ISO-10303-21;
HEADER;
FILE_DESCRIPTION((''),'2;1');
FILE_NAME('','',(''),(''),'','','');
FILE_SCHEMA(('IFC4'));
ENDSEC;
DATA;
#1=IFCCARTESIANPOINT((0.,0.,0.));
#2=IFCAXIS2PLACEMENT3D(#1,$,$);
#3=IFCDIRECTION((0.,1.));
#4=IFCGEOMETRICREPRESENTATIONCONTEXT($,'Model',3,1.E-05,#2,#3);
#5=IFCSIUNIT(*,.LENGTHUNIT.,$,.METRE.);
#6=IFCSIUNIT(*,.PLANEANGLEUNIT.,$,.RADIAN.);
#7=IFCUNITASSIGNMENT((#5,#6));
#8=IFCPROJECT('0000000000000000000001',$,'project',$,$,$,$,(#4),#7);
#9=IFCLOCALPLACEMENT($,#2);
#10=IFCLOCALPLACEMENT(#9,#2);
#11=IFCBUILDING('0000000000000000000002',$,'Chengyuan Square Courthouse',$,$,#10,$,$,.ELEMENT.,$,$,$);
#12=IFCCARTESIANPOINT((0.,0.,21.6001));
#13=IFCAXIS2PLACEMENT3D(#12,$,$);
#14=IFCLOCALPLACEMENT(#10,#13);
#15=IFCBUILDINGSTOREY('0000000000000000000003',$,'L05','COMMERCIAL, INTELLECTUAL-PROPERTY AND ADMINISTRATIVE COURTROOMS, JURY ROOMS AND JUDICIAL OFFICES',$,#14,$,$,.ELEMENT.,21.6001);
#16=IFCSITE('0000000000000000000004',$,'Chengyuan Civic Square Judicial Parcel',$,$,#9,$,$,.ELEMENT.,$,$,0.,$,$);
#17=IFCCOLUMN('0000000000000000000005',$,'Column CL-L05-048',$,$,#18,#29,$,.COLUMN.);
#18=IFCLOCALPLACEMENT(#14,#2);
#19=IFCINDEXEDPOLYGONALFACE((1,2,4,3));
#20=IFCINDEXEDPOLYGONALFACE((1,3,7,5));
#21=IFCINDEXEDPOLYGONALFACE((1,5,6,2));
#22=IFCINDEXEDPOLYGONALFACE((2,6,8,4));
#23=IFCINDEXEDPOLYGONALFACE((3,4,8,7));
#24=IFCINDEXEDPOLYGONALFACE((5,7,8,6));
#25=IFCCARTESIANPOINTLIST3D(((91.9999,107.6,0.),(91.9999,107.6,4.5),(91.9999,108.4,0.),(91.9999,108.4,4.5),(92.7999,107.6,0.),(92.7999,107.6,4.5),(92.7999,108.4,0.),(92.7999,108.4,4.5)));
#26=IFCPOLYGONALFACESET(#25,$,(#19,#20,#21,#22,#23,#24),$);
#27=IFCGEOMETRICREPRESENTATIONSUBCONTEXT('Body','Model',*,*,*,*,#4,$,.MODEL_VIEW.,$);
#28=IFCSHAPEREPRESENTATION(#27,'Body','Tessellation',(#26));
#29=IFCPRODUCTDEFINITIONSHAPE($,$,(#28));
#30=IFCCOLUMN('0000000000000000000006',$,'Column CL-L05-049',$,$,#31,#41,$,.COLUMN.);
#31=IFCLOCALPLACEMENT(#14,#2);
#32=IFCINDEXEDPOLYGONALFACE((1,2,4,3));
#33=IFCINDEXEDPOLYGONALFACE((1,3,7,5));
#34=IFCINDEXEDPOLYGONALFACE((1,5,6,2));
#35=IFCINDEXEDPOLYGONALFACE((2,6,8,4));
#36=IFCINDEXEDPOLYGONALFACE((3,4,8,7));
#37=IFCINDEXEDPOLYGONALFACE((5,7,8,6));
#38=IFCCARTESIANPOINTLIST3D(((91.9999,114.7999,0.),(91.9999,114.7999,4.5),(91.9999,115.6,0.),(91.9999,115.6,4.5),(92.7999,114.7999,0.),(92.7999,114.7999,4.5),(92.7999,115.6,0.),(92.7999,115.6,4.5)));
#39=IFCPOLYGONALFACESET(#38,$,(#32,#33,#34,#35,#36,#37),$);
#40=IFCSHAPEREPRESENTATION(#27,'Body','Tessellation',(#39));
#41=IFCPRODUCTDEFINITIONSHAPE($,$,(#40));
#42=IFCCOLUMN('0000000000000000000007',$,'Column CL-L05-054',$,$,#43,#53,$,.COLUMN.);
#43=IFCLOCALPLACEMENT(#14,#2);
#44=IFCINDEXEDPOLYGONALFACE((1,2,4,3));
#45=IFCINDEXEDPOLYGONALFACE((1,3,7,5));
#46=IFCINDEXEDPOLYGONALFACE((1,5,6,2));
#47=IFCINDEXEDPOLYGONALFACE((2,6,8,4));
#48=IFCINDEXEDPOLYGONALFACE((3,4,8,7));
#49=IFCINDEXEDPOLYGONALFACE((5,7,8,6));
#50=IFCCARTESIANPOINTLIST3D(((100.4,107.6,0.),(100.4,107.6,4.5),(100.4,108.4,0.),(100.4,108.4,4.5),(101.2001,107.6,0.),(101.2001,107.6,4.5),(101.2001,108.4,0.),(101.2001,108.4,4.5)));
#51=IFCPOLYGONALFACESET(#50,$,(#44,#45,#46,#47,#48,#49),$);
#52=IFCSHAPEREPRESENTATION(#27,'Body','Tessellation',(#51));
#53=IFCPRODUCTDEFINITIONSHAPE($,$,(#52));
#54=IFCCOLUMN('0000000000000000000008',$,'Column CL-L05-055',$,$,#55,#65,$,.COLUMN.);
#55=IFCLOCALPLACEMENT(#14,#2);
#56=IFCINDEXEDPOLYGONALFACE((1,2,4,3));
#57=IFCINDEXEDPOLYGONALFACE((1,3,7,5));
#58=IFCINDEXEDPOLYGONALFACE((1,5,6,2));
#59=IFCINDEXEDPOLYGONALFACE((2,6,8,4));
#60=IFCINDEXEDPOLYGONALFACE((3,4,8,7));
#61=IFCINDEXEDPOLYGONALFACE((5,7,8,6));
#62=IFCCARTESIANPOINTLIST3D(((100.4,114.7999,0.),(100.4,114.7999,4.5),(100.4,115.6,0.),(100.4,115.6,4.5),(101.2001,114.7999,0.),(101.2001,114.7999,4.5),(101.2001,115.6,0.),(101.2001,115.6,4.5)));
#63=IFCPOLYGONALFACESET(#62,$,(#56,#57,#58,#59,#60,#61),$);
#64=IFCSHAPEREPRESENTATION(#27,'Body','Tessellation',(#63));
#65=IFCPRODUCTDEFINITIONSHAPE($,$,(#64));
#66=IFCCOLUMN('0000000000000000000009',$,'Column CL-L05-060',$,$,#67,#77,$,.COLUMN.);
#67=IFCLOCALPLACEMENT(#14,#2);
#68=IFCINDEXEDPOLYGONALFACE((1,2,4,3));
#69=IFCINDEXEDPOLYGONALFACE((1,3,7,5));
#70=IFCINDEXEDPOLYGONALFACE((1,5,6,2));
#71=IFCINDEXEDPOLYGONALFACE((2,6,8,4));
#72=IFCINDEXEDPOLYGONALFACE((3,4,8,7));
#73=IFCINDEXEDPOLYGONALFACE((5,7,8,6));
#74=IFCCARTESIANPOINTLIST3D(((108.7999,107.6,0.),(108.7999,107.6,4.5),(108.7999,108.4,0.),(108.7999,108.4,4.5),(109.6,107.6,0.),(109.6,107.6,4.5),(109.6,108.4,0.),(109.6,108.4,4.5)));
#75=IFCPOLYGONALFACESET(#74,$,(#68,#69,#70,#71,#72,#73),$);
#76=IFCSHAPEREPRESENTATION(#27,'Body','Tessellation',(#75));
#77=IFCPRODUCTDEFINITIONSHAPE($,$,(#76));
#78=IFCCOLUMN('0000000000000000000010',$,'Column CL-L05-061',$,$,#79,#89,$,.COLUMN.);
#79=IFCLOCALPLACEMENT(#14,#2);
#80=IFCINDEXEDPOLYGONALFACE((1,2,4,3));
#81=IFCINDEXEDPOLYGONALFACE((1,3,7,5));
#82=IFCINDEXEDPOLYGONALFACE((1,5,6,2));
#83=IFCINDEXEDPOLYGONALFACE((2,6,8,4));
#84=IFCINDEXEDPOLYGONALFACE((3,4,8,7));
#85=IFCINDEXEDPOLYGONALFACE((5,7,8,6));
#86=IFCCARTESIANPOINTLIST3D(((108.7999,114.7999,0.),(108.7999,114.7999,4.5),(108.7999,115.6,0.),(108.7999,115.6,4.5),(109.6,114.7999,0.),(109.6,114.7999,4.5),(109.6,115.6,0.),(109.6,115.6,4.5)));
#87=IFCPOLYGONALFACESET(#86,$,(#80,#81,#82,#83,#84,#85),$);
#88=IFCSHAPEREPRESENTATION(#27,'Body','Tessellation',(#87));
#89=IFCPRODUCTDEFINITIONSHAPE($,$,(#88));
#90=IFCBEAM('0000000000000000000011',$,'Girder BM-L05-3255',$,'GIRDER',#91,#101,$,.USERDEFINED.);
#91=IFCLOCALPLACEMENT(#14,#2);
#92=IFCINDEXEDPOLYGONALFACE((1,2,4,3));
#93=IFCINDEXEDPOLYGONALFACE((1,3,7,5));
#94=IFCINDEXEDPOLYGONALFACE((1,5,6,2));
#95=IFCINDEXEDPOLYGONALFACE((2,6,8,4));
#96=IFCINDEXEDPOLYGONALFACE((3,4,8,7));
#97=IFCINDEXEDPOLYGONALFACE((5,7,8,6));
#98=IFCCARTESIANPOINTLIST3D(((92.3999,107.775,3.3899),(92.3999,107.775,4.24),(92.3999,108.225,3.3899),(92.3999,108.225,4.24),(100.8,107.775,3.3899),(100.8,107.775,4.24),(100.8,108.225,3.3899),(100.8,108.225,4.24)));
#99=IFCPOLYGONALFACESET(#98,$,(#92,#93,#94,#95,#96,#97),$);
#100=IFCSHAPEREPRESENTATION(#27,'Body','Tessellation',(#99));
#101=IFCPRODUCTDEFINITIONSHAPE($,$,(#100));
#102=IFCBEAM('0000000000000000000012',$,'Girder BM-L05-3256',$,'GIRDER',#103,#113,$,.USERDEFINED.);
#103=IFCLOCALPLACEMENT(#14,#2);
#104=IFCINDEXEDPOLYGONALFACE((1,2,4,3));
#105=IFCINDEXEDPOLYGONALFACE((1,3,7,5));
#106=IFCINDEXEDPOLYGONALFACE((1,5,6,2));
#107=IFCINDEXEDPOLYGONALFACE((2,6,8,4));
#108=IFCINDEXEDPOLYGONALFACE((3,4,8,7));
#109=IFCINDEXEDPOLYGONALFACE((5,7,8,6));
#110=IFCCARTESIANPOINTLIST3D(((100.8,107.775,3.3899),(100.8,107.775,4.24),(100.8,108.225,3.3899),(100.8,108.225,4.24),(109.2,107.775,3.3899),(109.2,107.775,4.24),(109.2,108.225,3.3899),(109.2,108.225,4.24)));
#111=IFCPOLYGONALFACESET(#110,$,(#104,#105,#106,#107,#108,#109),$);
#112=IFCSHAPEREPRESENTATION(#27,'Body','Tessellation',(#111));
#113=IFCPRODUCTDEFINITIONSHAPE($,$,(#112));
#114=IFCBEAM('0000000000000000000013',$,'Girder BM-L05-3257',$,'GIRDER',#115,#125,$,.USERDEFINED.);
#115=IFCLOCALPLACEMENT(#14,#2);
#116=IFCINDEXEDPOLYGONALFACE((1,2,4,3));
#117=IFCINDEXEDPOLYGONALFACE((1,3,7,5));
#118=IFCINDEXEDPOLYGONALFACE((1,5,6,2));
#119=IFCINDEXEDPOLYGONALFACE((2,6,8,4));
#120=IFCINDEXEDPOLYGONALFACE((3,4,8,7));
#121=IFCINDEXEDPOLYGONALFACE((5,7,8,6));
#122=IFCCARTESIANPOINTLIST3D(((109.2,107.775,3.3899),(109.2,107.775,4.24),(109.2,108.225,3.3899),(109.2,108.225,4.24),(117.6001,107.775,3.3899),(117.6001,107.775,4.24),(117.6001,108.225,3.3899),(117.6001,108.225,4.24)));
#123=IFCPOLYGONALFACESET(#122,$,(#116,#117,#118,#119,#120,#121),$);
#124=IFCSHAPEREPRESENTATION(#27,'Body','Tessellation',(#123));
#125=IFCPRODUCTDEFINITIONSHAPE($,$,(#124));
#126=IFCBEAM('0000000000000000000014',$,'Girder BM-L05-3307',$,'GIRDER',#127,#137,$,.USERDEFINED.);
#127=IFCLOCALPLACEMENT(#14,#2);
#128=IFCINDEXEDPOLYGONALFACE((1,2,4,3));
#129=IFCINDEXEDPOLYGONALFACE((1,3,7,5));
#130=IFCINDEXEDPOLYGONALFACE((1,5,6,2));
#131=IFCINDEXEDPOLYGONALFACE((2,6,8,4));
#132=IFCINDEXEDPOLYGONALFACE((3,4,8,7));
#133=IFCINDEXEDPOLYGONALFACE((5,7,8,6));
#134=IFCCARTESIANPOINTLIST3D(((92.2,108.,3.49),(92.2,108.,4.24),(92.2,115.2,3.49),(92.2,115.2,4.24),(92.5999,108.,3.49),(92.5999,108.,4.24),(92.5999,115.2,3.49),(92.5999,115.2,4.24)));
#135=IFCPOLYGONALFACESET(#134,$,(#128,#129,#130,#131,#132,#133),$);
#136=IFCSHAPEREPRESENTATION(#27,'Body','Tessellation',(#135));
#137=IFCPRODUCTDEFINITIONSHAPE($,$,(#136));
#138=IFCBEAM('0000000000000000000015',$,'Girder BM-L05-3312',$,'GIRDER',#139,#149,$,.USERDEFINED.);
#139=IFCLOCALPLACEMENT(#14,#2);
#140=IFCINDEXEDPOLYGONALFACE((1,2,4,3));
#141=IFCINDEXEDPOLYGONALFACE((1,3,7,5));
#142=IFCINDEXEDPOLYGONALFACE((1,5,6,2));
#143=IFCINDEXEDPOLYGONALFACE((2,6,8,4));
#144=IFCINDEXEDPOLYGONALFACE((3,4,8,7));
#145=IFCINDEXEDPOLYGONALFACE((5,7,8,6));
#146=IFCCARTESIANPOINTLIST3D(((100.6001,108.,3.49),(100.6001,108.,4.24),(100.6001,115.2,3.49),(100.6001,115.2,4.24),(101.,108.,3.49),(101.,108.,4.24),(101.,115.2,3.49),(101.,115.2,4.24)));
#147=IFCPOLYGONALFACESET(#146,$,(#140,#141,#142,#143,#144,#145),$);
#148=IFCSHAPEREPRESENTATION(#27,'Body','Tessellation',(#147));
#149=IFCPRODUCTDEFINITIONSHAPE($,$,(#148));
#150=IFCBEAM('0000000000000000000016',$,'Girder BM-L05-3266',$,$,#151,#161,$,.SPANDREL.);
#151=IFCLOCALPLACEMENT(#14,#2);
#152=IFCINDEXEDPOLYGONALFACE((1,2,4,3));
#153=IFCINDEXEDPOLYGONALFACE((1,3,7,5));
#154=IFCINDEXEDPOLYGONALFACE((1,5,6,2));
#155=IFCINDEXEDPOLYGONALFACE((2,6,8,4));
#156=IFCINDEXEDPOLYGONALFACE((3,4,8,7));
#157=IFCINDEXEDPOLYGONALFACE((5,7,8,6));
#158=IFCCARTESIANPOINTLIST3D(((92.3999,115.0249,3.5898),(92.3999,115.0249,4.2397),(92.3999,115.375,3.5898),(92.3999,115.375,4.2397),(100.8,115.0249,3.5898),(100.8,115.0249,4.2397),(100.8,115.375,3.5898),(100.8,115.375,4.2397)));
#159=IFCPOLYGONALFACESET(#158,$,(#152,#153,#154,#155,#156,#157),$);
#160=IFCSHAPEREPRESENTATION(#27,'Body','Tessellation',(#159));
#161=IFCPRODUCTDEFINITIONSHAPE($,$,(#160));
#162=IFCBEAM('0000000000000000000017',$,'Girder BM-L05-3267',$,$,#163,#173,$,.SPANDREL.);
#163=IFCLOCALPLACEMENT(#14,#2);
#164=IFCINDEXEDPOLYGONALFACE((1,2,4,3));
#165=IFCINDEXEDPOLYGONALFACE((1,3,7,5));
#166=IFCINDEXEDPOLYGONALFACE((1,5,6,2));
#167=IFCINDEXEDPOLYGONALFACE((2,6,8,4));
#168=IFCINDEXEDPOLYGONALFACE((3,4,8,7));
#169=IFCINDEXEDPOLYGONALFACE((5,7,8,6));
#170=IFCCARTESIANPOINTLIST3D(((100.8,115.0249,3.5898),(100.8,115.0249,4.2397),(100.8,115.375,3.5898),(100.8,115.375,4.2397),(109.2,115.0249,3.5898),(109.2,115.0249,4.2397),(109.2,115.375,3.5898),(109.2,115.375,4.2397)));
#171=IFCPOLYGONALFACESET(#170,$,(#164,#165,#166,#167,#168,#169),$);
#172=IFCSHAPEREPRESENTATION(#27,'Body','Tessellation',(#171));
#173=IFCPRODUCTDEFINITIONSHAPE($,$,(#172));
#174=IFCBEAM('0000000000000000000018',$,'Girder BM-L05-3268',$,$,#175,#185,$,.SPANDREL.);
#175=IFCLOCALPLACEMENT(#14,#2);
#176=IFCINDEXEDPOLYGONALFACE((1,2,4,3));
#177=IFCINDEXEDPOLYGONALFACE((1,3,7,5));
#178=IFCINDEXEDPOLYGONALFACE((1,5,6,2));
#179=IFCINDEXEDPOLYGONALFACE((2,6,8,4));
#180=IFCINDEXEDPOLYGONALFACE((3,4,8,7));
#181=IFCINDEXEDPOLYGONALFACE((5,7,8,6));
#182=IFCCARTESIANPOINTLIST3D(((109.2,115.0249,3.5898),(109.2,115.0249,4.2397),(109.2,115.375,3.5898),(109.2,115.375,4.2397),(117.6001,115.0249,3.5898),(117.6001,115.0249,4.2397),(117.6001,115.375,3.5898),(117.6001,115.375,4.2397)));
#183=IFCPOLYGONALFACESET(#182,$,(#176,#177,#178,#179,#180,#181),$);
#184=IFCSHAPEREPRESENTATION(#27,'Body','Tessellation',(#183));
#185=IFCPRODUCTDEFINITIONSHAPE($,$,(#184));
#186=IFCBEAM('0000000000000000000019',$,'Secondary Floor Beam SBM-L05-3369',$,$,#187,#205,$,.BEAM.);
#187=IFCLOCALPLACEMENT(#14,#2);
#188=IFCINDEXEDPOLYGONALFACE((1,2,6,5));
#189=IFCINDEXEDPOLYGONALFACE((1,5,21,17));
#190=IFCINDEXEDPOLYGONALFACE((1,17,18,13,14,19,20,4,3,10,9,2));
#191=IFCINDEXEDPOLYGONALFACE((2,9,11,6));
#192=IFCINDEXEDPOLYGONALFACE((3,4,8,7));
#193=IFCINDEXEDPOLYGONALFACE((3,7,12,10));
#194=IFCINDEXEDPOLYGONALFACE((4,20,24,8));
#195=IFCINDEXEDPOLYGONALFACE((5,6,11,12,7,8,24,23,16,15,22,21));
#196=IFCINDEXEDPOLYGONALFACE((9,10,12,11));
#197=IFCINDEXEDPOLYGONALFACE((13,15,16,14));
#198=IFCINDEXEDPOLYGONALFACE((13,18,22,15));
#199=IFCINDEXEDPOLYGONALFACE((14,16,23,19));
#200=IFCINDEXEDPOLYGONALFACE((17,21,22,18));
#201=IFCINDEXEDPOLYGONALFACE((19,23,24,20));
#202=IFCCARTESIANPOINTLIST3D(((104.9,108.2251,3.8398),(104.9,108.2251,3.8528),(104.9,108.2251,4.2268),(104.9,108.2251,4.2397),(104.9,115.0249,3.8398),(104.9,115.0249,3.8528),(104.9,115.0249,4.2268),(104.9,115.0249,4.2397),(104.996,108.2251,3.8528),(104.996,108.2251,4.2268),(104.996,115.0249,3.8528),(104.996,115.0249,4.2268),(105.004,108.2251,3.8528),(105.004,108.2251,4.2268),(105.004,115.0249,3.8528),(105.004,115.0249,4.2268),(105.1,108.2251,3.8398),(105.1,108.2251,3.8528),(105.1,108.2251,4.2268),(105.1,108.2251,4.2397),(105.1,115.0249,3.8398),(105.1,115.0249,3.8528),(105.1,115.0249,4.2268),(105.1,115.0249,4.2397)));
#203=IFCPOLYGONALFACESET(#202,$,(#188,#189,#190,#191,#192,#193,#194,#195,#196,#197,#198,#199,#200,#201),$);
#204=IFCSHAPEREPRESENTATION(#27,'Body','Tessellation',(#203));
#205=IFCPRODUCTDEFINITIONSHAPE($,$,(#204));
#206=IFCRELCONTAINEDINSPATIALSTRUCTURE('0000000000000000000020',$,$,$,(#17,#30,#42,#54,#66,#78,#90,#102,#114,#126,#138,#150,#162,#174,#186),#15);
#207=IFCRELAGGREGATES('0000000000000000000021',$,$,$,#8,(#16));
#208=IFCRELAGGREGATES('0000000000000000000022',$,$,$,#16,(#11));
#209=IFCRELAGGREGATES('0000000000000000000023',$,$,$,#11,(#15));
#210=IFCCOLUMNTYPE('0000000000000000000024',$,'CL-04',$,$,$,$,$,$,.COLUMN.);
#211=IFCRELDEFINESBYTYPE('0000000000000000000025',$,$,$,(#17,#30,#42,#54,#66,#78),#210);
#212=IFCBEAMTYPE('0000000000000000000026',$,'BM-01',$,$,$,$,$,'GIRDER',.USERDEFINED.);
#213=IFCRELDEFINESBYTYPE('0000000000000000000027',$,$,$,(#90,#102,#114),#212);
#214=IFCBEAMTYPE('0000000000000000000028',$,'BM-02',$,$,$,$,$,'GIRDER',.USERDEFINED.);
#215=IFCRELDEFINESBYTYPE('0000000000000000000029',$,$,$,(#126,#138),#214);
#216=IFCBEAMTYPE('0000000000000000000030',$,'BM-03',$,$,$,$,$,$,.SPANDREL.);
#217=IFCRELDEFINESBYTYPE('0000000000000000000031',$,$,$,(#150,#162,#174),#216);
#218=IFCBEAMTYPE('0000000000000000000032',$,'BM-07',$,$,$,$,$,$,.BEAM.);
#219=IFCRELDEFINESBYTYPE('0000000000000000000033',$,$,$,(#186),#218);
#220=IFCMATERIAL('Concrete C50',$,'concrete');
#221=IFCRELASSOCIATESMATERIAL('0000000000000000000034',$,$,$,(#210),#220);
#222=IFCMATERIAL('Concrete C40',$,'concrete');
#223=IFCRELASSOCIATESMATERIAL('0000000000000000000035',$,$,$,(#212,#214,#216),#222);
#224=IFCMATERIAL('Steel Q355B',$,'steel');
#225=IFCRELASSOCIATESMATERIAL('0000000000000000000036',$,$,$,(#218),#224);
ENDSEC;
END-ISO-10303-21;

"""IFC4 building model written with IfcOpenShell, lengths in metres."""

from ifc_helpers import new_model, si_unit, direction, frame, origin, origin_2d, place, context, subcontext, project, spatial, rectangle, i_section, extrude, material, material_profile, profile_set, type_object, element, save


model = new_model("IFC4")

# Units and contexts
model_context = context("Model", 3, precision=1e-05, world=origin(), true_north=direction((0.0, 1.0)))
body_context = subcontext(model_context, "Body", "Model", "MODEL_VIEW")
ifc_project = project(units=[si_unit("LENGTHUNIT", "METRE"), si_unit("PLANEANGLEUNIT", "RADIAN")], contexts=[model_context])

# Site, building, storey
site_placement = place(None, origin())
site = spatial("IfcSite", under=ifc_project, at=site_placement, Name="Chengyuan Civic Square Judicial Parcel", CompositionType="ELEMENT", RefElevation=0.0)
building_placement = place(site_placement, origin())
building = spatial("IfcBuilding", under=site, at=building_placement, Name="Chengyuan Square Courthouse", CompositionType="ELEMENT")
storey_placement = place(building_placement, frame((0.0, 0.0, 21.6001)))
storey = spatial("IfcBuildingStorey", under=building, at=storey_placement, Name="L05", Description="COMMERCIAL, INTELLECTUAL-PROPERTY AND ADMINISTRATIVE COURTROOMS, JURY ROOMS AND JUDICIAL OFFICES", CompositionType="ELEMENT", Elevation=21.6001)

# Columns
ifc_material_1 = material(Name="Concrete C50", Category="concrete")
ifc_material_profile_1 = material_profile(ifc_material_1, rectangle(XDim=0.8, YDim=0.8, at=origin_2d()), Name="RC-COL-800x800")
ifc_profile_set_1 = profile_set([ifc_material_profile_1], Name="Concrete C50")
column_type = type_object("IfcColumnType", Name="CL-04", PredefinedType="COLUMN", material=ifc_profile_set_1)
for number, where, z_axis, x_axis, name in (
    (1, (92.3999, 108.0, 0.0), (0.0, 0.0, 1.0), (1.0, 0.0, 0.0), "Column CL-L05-048"),
    (2, (92.3999, 115.2, 0.0), (0.0, 0.0, 1.0), (1.0, 0.0, 0.0), "Column CL-L05-049"),
    (3, (100.8, 108.0, 0.0), (0.0, 0.0, 1.0), (1.0, 0.0, 0.0), "Column CL-L05-054"),
    (4, (100.8, 115.2, 0.0), (0.0, 0.0, 1.0), (1.0, 0.0, 0.0), "Column CL-L05-055"),
    (5, (109.2, 108.0, 0.0), (0.0, 0.0, 1.0), (1.0, 0.0, 0.0), "Column CL-L05-060"),
    (6, (109.2, 115.2, 0.0), (0.0, 0.0, 1.0), (1.0, 0.0, 0.0), "Column CL-L05-061"),
):
    element("IfcColumn", number, at=place(storey_placement, frame(where, z_axis=z_axis, x_axis=x_axis)), inside=storey, type_object=column_type, Name=name, PredefinedType="COLUMN", context=body_context, shape_type="SweptSolid", body=[
        extrude(rectangle(XDim=0.8, YDim=0.8, at=origin_2d()), origin(), (0.0, 0.0, 1.0), 4.5),
    ])

# Beams
ifc_material_2 = material(Name="Concrete C40", Category="concrete")
ifc_material_profile_2 = material_profile(ifc_material_2, rectangle(XDim=0.45, YDim=0.8501, at=origin_2d()), Name="RC-BM-450x850")
ifc_profile_set_2 = profile_set([ifc_material_profile_2], Name="Concrete C40")
beam_type_1 = type_object("IfcBeamType", Name="BM-01", ElementType="GIRDER", PredefinedType="USERDEFINED", material=ifc_profile_set_2)
beam_1_placement = place(storey_placement, frame((92.3999, 108.0, 3.8149), z_axis=(1.0, 0.0, 0.0), x_axis=(0.0, 1.0, 0.0)))
element("IfcBeam", 7, at=beam_1_placement, inside=storey, type_object=beam_type_1, Name="Girder BM-L05-3255", ObjectType="GIRDER", PredefinedType="USERDEFINED", context=body_context, shape_type="SweptSolid", body=[
    extrude(rectangle(XDim=0.45, YDim=0.8501, at=origin_2d()), origin(), (0.0, 0.0, 1.0), 8.4001),
])
beam_2_placement = place(storey_placement, frame((100.8, 108.0, 3.8149), z_axis=(1.0, 0.0, 0.0), x_axis=(0.0, 1.0, 0.0)))
element("IfcBeam", 8, at=beam_2_placement, inside=storey, type_object=beam_type_1, Name="Girder BM-L05-3256", ObjectType="GIRDER", PredefinedType="USERDEFINED", context=body_context, shape_type="SweptSolid", body=[
    extrude(rectangle(XDim=0.45, YDim=0.8501, at=origin_2d()), origin(), (0.0, 0.0, 1.0), 8.3999),
])
beam_3_placement = place(storey_placement, frame((109.2, 108.0, 3.8149), z_axis=(1.0, 0.0, 0.0), x_axis=(0.0, 1.0, 0.0)))
element("IfcBeam", 9, at=beam_3_placement, inside=storey, type_object=beam_type_1, Name="Girder BM-L05-3257", ObjectType="GIRDER", PredefinedType="USERDEFINED", context=body_context, shape_type="SweptSolid", body=[
    extrude(rectangle(XDim=0.45, YDim=0.8501, at=origin_2d()), origin(), (0.0, 0.0, 1.0), 8.4001),
])
ifc_material_profile_3 = material_profile(ifc_material_2, rectangle(XDim=0.3999, YDim=0.75, at=origin_2d()), Name="RC-BM-400x750")
ifc_profile_set_3 = profile_set([ifc_material_profile_3], Name="Concrete C40")
beam_type_2 = type_object("IfcBeamType", Name="BM-02", ElementType="GIRDER", PredefinedType="USERDEFINED", material=ifc_profile_set_3)
for number, where, z_axis, x_axis, name in (
    (10, (92.3999, 108.0, 3.865), (0.0, 1.0, 0.0), (-1.0, 0.0, 0.0), "Girder BM-L05-3307"),
    (11, (100.8, 108.0, 3.865), (0.0, 1.0, 0.0), (-1.0, 0.0, 0.0), "Girder BM-L05-3312"),
):
    element("IfcBeam", number, at=place(storey_placement, frame(where, z_axis=z_axis, x_axis=x_axis)), inside=storey, type_object=beam_type_2, Name=name, ObjectType="GIRDER", PredefinedType="USERDEFINED", context=body_context, shape_type="SweptSolid", body=[
        extrude(rectangle(XDim=0.3999, YDim=0.75, at=origin_2d()), origin(), (0.0, 0.0, 1.0), 7.2),
    ])
ifc_material_profile_4 = material_profile(ifc_material_2, rectangle(XDim=0.3501, YDim=0.6499, at=origin_2d()), Name="RC-BM-350x650")
ifc_profile_set_4 = profile_set([ifc_material_profile_4], Name="Concrete C40")
beam_type_3 = type_object("IfcBeamType", Name="BM-03", PredefinedType="SPANDREL", material=ifc_profile_set_4)
beam_4_placement = place(storey_placement, frame((92.3999, 115.2, 3.9148), z_axis=(1.0, 0.0, 0.0), x_axis=(0.0, 1.0, 0.0)))
element("IfcBeam", 12, at=beam_4_placement, inside=storey, type_object=beam_type_3, Name="Girder BM-L05-3266", PredefinedType="SPANDREL", context=body_context, shape_type="SweptSolid", body=[
    extrude(rectangle(XDim=0.3501, YDim=0.6499, at=origin_2d()), origin(), (0.0, 0.0, 1.0), 8.4001),
])
beam_5_placement = place(storey_placement, frame((100.8, 115.2, 3.9148), z_axis=(1.0, 0.0, 0.0), x_axis=(0.0, 1.0, 0.0)))
element("IfcBeam", 13, at=beam_5_placement, inside=storey, type_object=beam_type_3, Name="Girder BM-L05-3267", PredefinedType="SPANDREL", context=body_context, shape_type="SweptSolid", body=[
    extrude(rectangle(XDim=0.3501, YDim=0.6499, at=origin_2d()), origin(), (0.0, 0.0, 1.0), 8.3999),
])
beam_6_placement = place(storey_placement, frame((109.2, 115.2, 3.9148), z_axis=(1.0, 0.0, 0.0), x_axis=(0.0, 1.0, 0.0)))
element("IfcBeam", 14, at=beam_6_placement, inside=storey, type_object=beam_type_3, Name="Girder BM-L05-3268", PredefinedType="SPANDREL", context=body_context, shape_type="SweptSolid", body=[
    extrude(rectangle(XDim=0.3501, YDim=0.6499, at=origin_2d()), origin(), (0.0, 0.0, 1.0), 8.4001),
])
ifc_material_3 = material(Name="Steel Q355B", Category="steel")
ifc_material_profile_5 = material_profile(ifc_material_3, i_section(OverallWidth=0.2, OverallDepth=0.3999, WebThickness=0.0081, FlangeThickness=0.0129, at=origin_2d()), Name="HN 400x200x8x13")
ifc_profile_set_5 = profile_set([ifc_material_profile_5], Name="Steel Q355B")
beam_type_4 = type_object("IfcBeamType", Name="BM-07", PredefinedType="BEAM", material=ifc_profile_set_5)
beam_7_placement = place(storey_placement, frame((105.0, 108.2251, 4.0398), z_axis=(0.0, 1.0, 0.0), x_axis=(-1.0, 0.0, 0.0)))
element("IfcBeam", 15, at=beam_7_placement, inside=storey, type_object=beam_type_4, Name="Secondary Floor Beam SBM-L05-3369", PredefinedType="BEAM", context=body_context, shape_type="SweptSolid", body=[
    extrude(i_section(OverallWidth=0.2, OverallDepth=0.3999, WebThickness=0.0081, FlangeThickness=0.0129, at=origin_2d()), origin(), (0.0, 0.0, 1.0), 6.7998),
])

save(model, "model.ifc")
